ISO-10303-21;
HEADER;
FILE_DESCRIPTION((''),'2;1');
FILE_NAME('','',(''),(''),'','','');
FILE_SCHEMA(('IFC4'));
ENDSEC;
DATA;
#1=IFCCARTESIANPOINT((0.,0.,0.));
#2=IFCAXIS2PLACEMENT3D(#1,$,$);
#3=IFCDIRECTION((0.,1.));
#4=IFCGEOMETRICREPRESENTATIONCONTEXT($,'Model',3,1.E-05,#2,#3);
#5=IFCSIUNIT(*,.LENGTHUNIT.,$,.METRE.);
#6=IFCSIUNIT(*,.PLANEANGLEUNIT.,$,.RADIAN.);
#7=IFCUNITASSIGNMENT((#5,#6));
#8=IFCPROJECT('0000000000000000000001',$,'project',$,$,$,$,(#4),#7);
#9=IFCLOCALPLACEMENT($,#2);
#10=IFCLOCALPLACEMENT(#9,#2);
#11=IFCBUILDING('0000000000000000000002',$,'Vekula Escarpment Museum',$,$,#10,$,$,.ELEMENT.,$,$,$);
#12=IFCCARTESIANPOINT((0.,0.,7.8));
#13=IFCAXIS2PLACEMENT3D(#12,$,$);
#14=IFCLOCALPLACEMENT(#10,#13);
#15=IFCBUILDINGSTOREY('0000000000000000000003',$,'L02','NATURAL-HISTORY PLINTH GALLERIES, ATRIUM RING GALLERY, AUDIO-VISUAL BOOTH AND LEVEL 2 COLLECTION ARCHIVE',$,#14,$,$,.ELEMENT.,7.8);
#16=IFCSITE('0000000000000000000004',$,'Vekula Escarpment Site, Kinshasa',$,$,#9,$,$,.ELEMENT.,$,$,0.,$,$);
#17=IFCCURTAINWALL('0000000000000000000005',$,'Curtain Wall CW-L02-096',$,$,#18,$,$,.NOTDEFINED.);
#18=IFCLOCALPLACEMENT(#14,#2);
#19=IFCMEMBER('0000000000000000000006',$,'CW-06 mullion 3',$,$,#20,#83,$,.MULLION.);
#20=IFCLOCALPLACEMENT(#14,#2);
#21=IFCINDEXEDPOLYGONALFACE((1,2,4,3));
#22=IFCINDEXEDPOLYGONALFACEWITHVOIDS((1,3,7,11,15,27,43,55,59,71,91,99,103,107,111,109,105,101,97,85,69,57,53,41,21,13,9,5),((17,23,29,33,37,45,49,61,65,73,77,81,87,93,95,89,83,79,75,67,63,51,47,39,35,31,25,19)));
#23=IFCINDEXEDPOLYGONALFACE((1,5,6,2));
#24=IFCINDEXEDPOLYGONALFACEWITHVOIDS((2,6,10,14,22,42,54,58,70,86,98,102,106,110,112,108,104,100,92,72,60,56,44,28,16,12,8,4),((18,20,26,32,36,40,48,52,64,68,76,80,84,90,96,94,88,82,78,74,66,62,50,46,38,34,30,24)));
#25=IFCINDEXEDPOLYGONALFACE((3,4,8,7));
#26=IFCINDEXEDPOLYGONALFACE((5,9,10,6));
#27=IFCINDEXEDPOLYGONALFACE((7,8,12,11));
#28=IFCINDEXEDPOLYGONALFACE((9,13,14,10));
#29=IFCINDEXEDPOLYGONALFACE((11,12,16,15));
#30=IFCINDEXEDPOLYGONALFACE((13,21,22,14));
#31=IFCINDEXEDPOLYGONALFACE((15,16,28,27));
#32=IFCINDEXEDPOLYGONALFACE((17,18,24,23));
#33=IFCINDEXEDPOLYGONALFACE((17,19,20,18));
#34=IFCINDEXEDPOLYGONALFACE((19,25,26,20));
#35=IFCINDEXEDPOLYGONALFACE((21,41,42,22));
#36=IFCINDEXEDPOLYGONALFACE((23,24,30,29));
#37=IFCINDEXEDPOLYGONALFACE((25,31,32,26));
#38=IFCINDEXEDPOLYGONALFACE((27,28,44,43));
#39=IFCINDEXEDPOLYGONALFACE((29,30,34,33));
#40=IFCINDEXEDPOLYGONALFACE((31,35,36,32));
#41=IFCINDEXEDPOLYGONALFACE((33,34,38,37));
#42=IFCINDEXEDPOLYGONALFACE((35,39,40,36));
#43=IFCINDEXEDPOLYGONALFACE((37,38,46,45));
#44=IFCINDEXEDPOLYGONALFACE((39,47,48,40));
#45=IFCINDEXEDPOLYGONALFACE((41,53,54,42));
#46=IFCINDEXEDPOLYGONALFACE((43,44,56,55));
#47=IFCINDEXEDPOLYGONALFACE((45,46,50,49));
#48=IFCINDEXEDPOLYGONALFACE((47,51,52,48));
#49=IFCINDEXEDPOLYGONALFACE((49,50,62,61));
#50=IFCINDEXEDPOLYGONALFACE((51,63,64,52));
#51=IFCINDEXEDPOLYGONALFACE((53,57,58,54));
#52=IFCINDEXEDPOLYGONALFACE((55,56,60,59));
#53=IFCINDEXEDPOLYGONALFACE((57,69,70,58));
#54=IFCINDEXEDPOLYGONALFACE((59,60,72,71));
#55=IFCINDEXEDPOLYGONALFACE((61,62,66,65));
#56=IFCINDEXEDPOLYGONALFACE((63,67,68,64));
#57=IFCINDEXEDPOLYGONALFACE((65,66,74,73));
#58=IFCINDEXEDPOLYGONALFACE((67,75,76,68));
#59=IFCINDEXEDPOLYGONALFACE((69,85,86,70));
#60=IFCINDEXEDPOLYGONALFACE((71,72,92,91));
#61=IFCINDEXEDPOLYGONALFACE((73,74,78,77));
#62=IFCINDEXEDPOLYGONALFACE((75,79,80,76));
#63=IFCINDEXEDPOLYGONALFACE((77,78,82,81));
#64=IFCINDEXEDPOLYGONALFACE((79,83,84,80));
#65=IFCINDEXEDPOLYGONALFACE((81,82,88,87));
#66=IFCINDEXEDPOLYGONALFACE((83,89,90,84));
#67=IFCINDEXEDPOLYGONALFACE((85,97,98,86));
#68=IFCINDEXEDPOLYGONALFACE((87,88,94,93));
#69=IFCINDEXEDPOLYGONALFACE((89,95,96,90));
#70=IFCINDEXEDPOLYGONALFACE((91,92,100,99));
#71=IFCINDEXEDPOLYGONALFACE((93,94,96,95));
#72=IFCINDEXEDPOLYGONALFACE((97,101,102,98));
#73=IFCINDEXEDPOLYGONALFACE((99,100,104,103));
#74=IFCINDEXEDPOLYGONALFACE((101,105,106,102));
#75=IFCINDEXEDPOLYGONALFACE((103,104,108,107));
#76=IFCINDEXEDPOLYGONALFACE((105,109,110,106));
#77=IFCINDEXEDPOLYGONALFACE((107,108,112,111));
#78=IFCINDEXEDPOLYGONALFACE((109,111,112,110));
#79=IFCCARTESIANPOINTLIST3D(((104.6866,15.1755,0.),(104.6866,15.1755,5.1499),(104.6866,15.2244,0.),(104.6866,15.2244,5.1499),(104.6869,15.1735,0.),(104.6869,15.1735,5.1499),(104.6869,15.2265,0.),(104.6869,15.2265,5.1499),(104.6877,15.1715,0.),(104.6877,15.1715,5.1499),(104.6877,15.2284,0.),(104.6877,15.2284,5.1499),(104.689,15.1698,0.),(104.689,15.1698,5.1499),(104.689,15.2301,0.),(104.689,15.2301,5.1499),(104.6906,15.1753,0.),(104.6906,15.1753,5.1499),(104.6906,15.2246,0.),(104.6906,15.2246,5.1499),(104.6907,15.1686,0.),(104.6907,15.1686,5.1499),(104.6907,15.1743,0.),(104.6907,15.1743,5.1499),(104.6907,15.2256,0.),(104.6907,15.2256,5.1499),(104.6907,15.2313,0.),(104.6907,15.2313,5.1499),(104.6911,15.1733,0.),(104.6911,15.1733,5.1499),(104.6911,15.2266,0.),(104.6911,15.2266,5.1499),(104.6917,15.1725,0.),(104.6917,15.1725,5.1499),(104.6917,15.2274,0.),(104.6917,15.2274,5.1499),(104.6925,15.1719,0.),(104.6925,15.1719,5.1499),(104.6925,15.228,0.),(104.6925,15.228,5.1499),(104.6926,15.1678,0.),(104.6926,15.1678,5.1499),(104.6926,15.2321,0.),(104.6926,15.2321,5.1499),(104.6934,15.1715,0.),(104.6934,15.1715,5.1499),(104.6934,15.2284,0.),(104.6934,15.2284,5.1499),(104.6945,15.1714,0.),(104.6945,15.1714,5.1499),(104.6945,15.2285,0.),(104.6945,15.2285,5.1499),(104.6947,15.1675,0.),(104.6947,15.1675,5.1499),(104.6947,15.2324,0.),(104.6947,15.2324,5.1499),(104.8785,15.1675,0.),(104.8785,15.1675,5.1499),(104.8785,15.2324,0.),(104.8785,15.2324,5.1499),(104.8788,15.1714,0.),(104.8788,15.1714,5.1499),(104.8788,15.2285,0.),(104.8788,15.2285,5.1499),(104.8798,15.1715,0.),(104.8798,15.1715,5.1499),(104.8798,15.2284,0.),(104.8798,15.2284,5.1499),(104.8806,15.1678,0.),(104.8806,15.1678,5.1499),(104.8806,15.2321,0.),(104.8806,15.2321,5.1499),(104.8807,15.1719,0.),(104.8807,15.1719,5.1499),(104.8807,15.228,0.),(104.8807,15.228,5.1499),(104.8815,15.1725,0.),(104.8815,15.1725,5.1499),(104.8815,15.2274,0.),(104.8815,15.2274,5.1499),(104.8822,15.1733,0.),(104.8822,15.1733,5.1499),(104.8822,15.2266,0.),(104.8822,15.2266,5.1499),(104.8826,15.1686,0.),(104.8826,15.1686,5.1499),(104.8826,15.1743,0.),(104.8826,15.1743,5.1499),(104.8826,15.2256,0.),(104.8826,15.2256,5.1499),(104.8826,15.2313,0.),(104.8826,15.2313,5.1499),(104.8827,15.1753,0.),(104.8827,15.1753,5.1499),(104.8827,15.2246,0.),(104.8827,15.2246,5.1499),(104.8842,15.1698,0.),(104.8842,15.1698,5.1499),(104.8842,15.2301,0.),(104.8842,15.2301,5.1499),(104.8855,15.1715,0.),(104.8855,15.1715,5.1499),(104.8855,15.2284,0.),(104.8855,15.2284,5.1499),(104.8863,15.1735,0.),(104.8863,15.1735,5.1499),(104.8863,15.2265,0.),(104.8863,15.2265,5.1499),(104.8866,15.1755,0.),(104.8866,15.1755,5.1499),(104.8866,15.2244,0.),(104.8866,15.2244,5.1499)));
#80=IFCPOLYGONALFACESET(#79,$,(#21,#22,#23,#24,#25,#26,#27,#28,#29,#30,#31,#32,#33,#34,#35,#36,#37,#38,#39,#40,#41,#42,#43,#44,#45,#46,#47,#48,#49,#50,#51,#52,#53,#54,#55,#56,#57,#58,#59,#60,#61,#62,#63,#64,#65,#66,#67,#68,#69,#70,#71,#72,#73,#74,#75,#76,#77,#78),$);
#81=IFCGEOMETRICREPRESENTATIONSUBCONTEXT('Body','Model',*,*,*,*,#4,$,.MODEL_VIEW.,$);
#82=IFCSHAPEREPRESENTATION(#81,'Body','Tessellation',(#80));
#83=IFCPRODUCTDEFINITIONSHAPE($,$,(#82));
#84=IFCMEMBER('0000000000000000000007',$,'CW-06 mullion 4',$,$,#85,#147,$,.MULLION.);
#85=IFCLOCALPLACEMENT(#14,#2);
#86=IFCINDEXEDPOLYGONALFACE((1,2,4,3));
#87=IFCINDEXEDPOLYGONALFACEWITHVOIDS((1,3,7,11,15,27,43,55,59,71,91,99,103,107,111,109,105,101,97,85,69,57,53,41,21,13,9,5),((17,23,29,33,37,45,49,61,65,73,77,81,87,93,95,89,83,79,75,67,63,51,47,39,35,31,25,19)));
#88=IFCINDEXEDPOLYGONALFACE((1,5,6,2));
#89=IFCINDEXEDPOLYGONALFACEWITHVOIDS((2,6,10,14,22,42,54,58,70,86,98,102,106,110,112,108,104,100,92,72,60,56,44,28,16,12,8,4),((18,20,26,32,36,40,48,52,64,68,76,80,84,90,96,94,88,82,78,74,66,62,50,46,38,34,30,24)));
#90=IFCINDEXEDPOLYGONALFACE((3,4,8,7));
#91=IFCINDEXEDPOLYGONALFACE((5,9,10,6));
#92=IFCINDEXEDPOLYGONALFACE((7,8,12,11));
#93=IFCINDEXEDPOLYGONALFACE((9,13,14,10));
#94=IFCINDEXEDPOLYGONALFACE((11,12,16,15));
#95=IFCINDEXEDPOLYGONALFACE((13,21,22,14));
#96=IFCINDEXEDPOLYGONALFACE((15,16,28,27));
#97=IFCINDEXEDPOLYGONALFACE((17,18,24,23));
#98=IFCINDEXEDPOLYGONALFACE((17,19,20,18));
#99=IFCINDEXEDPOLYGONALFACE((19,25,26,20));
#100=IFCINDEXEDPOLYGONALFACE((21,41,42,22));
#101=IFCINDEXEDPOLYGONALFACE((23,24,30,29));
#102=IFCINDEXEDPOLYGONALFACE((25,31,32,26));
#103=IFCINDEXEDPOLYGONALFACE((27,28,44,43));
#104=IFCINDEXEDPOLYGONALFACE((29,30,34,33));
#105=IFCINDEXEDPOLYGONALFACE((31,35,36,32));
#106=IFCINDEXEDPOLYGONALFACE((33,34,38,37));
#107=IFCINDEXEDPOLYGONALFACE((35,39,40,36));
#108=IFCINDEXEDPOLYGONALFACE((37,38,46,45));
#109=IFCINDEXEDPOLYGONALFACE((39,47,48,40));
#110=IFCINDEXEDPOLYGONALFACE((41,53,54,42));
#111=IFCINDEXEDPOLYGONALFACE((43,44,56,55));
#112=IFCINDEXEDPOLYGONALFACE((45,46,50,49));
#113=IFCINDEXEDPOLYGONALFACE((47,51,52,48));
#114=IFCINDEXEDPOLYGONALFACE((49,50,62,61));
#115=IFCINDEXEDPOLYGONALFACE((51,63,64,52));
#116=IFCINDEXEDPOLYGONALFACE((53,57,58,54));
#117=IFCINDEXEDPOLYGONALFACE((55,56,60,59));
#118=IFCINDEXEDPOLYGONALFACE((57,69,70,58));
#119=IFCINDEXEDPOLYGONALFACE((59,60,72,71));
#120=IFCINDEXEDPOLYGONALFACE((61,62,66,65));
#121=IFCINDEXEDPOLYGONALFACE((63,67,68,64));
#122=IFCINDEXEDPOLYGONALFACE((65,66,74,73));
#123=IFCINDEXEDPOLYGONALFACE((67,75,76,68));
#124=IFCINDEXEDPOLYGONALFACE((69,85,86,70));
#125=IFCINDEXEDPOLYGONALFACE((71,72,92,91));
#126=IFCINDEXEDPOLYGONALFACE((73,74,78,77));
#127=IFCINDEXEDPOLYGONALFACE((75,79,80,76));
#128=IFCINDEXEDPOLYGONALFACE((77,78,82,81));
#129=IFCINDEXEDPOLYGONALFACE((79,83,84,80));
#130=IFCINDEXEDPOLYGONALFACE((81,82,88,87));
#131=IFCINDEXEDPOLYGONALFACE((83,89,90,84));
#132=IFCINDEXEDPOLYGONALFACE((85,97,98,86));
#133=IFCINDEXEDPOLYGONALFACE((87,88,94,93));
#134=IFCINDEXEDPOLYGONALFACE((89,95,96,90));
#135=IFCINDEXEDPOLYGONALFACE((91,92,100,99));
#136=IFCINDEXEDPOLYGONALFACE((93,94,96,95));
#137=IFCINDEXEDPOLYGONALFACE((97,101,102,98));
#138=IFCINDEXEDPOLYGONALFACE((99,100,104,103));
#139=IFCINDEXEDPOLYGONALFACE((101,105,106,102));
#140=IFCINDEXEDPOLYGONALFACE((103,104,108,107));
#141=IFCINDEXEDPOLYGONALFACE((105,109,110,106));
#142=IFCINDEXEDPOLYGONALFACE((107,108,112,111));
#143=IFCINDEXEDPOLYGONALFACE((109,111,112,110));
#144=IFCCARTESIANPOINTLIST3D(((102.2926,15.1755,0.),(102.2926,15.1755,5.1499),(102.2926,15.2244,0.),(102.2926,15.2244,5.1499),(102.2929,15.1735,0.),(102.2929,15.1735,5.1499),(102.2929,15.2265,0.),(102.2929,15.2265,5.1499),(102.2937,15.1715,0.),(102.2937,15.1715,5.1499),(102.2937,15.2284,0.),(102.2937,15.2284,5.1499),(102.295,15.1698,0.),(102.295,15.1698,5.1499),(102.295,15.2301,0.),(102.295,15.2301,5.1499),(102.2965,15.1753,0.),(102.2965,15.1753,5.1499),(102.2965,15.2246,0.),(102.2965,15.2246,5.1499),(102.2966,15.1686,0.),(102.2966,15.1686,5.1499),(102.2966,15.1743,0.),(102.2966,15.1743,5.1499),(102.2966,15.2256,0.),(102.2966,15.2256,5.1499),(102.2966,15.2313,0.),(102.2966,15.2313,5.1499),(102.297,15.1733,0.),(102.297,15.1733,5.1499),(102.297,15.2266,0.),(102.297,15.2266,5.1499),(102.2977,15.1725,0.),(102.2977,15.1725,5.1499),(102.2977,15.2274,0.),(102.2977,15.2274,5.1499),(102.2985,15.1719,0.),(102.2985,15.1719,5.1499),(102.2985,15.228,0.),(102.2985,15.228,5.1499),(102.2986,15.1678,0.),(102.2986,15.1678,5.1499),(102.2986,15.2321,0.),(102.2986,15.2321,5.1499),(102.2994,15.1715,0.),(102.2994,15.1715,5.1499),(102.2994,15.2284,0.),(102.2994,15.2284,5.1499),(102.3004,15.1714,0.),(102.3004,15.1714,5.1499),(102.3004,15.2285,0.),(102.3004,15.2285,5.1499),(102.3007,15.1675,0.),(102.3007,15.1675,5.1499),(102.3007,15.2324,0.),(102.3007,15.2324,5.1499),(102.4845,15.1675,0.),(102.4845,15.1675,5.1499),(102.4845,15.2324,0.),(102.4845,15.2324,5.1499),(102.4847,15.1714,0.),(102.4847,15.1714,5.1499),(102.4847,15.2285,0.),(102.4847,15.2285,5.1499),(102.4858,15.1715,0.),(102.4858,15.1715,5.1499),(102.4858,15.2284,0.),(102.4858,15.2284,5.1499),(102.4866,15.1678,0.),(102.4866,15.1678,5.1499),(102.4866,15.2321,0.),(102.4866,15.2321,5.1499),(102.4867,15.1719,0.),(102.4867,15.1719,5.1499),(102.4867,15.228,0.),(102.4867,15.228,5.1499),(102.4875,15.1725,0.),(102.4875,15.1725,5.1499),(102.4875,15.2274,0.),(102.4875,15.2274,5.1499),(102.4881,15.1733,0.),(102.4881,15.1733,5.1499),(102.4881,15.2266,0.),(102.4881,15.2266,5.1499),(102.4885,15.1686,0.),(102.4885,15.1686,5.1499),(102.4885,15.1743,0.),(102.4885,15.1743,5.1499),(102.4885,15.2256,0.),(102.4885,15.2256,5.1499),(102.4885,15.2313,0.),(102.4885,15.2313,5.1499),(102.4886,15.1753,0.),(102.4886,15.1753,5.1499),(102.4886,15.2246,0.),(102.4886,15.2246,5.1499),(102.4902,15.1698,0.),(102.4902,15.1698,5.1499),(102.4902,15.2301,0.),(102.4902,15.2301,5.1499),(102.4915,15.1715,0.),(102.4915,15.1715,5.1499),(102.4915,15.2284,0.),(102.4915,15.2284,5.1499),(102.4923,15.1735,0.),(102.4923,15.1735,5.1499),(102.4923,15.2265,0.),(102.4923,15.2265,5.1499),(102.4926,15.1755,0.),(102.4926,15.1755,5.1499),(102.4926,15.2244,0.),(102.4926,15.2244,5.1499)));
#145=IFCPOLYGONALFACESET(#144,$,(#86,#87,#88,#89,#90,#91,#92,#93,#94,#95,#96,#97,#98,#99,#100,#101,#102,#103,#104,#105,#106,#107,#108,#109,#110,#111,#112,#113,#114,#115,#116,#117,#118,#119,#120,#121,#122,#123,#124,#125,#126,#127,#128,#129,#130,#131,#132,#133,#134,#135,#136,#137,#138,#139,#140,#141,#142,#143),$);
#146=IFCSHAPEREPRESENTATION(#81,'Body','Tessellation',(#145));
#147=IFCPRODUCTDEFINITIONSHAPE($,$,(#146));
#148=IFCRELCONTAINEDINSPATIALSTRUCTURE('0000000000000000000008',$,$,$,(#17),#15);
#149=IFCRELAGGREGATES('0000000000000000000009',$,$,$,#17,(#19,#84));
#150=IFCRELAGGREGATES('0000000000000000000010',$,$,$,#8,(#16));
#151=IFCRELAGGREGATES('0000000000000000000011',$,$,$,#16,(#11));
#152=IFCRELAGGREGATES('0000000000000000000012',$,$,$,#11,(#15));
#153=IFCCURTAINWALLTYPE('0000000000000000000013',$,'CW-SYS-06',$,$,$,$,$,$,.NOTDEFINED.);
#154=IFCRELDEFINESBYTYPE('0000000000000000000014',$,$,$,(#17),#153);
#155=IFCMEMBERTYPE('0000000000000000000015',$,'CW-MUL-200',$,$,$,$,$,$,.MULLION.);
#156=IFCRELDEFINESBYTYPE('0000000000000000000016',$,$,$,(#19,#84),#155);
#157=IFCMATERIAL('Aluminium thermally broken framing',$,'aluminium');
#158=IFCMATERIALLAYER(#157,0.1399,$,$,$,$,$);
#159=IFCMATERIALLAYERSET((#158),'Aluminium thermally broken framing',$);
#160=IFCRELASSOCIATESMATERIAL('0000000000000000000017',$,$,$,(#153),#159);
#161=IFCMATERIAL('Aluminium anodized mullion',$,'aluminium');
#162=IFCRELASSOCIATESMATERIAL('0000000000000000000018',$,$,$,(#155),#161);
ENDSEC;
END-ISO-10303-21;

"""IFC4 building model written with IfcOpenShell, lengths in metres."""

from ifc_helpers import new_model, si_unit, direction, frame, origin, origin_2d, place, context, subcontext, project, spatial, hollow_rectangle, extrude, material, layer, layer_set, material_profile, profile_set, type_object, element, aggregate, save


model = new_model("IFC4")

# Units and contexts
model_context = context("Model", 3, precision=1e-05, world=origin(), true_north=direction((0.0, 1.0)))
body_context = subcontext(model_context, "Body", "Model", "MODEL_VIEW")
ifc_project = project(units=[si_unit("LENGTHUNIT", "METRE"), si_unit("PLANEANGLEUNIT", "RADIAN")], contexts=[model_context])

# Site, building, storey
site_placement = place(None, origin())
site = spatial("IfcSite", under=ifc_project, at=site_placement, Name="Vekula Escarpment Site, Kinshasa", CompositionType="ELEMENT", RefElevation=0.0)
building_placement = place(site_placement, origin())
building = spatial("IfcBuilding", under=site, at=building_placement, Name="Vekula Escarpment Museum", CompositionType="ELEMENT")
storey_placement = place(building_placement, frame((0.0, 0.0, 7.8)))
storey = spatial("IfcBuildingStorey", under=building, at=storey_placement, Name="L02", Description="NATURAL-HISTORY PLINTH GALLERIES, ATRIUM RING GALLERY, AUDIO-VISUAL BOOTH AND LEVEL 2 COLLECTION ARCHIVE", CompositionType="ELEMENT", Elevation=7.8)

# Curtain wall, members
ifc_material_1 = material(Name="Aluminium thermally broken framing", Category="aluminium")
ifc_layer_1 = layer(ifc_material_1, 0.1399)
ifc_layer_set_1 = layer_set([ifc_layer_1], Name="Aluminium thermally broken framing")
curtain_wall_type_1 = type_object("IfcCurtainWallType", Name="CW-SYS-06", PredefinedType="NOTDEFINED", material=ifc_layer_set_1)
curtain_wall_1_placement = place(storey_placement, origin())
curtain_wall_1 = element("IfcCurtainWall", 1, at=curtain_wall_1_placement, inside=storey, type_object=curtain_wall_type_1, Name="Curtain Wall CW-L02-096", PredefinedType="NOTDEFINED")
ifc_material_2 = material(Name="Aluminium anodized mullion", Category="aluminium")
ifc_material_profile_1 = material_profile(ifc_material_2, hollow_rectangle(XDim=0.0649, YDim=0.2, WallThickness=0.0039, InnerFilletRadius=0.0039, OuterFilletRadius=0.0081, at=origin_2d()), Name="ALU 200x65x4")
ifc_profile_set_1 = profile_set([ifc_material_profile_1], Name="Aluminium anodized mullion")
member_type_1 = type_object("IfcMemberType", Name="CW-MUL-200", PredefinedType="MULLION", material=ifc_profile_set_1)
member_1_placement = place(storey_placement, frame((104.7866, 15.2, 0.0), z_axis=(0.0, 0.0, 1.0), x_axis=(0.0, -1.0, 0.0)))
member_1 = element("IfcMember", 2, at=member_1_placement, type_object=member_type_1, Name="CW-06 mullion 3", PredefinedType="MULLION", context=body_context, shape_type="SweptSolid", body=[
    extrude(hollow_rectangle(XDim=0.0649, YDim=0.2, WallThickness=0.0039, InnerFilletRadius=0.0039, OuterFilletRadius=0.0081, at=origin_2d()), origin(), (0.0, 0.0, 1.0), 5.1499),
])
member_2_placement = place(storey_placement, frame((102.3926, 15.2, 0.0), z_axis=(0.0, 0.0, 1.0), x_axis=(0.0, -1.0, 0.0)))
member_2 = element("IfcMember", 3, at=member_2_placement, type_object=member_type_1, Name="CW-06 mullion 4", PredefinedType="MULLION", context=body_context, shape_type="SweptSolid", body=[
    extrude(hollow_rectangle(XDim=0.0649, YDim=0.2, WallThickness=0.0039, InnerFilletRadius=0.0039, OuterFilletRadius=0.0081, at=origin_2d()), origin(), (0.0, 0.0, 1.0), 5.1499),
])

aggregate(curtain_wall_1, [member_1, member_2])

save(model, "model.ifc")
